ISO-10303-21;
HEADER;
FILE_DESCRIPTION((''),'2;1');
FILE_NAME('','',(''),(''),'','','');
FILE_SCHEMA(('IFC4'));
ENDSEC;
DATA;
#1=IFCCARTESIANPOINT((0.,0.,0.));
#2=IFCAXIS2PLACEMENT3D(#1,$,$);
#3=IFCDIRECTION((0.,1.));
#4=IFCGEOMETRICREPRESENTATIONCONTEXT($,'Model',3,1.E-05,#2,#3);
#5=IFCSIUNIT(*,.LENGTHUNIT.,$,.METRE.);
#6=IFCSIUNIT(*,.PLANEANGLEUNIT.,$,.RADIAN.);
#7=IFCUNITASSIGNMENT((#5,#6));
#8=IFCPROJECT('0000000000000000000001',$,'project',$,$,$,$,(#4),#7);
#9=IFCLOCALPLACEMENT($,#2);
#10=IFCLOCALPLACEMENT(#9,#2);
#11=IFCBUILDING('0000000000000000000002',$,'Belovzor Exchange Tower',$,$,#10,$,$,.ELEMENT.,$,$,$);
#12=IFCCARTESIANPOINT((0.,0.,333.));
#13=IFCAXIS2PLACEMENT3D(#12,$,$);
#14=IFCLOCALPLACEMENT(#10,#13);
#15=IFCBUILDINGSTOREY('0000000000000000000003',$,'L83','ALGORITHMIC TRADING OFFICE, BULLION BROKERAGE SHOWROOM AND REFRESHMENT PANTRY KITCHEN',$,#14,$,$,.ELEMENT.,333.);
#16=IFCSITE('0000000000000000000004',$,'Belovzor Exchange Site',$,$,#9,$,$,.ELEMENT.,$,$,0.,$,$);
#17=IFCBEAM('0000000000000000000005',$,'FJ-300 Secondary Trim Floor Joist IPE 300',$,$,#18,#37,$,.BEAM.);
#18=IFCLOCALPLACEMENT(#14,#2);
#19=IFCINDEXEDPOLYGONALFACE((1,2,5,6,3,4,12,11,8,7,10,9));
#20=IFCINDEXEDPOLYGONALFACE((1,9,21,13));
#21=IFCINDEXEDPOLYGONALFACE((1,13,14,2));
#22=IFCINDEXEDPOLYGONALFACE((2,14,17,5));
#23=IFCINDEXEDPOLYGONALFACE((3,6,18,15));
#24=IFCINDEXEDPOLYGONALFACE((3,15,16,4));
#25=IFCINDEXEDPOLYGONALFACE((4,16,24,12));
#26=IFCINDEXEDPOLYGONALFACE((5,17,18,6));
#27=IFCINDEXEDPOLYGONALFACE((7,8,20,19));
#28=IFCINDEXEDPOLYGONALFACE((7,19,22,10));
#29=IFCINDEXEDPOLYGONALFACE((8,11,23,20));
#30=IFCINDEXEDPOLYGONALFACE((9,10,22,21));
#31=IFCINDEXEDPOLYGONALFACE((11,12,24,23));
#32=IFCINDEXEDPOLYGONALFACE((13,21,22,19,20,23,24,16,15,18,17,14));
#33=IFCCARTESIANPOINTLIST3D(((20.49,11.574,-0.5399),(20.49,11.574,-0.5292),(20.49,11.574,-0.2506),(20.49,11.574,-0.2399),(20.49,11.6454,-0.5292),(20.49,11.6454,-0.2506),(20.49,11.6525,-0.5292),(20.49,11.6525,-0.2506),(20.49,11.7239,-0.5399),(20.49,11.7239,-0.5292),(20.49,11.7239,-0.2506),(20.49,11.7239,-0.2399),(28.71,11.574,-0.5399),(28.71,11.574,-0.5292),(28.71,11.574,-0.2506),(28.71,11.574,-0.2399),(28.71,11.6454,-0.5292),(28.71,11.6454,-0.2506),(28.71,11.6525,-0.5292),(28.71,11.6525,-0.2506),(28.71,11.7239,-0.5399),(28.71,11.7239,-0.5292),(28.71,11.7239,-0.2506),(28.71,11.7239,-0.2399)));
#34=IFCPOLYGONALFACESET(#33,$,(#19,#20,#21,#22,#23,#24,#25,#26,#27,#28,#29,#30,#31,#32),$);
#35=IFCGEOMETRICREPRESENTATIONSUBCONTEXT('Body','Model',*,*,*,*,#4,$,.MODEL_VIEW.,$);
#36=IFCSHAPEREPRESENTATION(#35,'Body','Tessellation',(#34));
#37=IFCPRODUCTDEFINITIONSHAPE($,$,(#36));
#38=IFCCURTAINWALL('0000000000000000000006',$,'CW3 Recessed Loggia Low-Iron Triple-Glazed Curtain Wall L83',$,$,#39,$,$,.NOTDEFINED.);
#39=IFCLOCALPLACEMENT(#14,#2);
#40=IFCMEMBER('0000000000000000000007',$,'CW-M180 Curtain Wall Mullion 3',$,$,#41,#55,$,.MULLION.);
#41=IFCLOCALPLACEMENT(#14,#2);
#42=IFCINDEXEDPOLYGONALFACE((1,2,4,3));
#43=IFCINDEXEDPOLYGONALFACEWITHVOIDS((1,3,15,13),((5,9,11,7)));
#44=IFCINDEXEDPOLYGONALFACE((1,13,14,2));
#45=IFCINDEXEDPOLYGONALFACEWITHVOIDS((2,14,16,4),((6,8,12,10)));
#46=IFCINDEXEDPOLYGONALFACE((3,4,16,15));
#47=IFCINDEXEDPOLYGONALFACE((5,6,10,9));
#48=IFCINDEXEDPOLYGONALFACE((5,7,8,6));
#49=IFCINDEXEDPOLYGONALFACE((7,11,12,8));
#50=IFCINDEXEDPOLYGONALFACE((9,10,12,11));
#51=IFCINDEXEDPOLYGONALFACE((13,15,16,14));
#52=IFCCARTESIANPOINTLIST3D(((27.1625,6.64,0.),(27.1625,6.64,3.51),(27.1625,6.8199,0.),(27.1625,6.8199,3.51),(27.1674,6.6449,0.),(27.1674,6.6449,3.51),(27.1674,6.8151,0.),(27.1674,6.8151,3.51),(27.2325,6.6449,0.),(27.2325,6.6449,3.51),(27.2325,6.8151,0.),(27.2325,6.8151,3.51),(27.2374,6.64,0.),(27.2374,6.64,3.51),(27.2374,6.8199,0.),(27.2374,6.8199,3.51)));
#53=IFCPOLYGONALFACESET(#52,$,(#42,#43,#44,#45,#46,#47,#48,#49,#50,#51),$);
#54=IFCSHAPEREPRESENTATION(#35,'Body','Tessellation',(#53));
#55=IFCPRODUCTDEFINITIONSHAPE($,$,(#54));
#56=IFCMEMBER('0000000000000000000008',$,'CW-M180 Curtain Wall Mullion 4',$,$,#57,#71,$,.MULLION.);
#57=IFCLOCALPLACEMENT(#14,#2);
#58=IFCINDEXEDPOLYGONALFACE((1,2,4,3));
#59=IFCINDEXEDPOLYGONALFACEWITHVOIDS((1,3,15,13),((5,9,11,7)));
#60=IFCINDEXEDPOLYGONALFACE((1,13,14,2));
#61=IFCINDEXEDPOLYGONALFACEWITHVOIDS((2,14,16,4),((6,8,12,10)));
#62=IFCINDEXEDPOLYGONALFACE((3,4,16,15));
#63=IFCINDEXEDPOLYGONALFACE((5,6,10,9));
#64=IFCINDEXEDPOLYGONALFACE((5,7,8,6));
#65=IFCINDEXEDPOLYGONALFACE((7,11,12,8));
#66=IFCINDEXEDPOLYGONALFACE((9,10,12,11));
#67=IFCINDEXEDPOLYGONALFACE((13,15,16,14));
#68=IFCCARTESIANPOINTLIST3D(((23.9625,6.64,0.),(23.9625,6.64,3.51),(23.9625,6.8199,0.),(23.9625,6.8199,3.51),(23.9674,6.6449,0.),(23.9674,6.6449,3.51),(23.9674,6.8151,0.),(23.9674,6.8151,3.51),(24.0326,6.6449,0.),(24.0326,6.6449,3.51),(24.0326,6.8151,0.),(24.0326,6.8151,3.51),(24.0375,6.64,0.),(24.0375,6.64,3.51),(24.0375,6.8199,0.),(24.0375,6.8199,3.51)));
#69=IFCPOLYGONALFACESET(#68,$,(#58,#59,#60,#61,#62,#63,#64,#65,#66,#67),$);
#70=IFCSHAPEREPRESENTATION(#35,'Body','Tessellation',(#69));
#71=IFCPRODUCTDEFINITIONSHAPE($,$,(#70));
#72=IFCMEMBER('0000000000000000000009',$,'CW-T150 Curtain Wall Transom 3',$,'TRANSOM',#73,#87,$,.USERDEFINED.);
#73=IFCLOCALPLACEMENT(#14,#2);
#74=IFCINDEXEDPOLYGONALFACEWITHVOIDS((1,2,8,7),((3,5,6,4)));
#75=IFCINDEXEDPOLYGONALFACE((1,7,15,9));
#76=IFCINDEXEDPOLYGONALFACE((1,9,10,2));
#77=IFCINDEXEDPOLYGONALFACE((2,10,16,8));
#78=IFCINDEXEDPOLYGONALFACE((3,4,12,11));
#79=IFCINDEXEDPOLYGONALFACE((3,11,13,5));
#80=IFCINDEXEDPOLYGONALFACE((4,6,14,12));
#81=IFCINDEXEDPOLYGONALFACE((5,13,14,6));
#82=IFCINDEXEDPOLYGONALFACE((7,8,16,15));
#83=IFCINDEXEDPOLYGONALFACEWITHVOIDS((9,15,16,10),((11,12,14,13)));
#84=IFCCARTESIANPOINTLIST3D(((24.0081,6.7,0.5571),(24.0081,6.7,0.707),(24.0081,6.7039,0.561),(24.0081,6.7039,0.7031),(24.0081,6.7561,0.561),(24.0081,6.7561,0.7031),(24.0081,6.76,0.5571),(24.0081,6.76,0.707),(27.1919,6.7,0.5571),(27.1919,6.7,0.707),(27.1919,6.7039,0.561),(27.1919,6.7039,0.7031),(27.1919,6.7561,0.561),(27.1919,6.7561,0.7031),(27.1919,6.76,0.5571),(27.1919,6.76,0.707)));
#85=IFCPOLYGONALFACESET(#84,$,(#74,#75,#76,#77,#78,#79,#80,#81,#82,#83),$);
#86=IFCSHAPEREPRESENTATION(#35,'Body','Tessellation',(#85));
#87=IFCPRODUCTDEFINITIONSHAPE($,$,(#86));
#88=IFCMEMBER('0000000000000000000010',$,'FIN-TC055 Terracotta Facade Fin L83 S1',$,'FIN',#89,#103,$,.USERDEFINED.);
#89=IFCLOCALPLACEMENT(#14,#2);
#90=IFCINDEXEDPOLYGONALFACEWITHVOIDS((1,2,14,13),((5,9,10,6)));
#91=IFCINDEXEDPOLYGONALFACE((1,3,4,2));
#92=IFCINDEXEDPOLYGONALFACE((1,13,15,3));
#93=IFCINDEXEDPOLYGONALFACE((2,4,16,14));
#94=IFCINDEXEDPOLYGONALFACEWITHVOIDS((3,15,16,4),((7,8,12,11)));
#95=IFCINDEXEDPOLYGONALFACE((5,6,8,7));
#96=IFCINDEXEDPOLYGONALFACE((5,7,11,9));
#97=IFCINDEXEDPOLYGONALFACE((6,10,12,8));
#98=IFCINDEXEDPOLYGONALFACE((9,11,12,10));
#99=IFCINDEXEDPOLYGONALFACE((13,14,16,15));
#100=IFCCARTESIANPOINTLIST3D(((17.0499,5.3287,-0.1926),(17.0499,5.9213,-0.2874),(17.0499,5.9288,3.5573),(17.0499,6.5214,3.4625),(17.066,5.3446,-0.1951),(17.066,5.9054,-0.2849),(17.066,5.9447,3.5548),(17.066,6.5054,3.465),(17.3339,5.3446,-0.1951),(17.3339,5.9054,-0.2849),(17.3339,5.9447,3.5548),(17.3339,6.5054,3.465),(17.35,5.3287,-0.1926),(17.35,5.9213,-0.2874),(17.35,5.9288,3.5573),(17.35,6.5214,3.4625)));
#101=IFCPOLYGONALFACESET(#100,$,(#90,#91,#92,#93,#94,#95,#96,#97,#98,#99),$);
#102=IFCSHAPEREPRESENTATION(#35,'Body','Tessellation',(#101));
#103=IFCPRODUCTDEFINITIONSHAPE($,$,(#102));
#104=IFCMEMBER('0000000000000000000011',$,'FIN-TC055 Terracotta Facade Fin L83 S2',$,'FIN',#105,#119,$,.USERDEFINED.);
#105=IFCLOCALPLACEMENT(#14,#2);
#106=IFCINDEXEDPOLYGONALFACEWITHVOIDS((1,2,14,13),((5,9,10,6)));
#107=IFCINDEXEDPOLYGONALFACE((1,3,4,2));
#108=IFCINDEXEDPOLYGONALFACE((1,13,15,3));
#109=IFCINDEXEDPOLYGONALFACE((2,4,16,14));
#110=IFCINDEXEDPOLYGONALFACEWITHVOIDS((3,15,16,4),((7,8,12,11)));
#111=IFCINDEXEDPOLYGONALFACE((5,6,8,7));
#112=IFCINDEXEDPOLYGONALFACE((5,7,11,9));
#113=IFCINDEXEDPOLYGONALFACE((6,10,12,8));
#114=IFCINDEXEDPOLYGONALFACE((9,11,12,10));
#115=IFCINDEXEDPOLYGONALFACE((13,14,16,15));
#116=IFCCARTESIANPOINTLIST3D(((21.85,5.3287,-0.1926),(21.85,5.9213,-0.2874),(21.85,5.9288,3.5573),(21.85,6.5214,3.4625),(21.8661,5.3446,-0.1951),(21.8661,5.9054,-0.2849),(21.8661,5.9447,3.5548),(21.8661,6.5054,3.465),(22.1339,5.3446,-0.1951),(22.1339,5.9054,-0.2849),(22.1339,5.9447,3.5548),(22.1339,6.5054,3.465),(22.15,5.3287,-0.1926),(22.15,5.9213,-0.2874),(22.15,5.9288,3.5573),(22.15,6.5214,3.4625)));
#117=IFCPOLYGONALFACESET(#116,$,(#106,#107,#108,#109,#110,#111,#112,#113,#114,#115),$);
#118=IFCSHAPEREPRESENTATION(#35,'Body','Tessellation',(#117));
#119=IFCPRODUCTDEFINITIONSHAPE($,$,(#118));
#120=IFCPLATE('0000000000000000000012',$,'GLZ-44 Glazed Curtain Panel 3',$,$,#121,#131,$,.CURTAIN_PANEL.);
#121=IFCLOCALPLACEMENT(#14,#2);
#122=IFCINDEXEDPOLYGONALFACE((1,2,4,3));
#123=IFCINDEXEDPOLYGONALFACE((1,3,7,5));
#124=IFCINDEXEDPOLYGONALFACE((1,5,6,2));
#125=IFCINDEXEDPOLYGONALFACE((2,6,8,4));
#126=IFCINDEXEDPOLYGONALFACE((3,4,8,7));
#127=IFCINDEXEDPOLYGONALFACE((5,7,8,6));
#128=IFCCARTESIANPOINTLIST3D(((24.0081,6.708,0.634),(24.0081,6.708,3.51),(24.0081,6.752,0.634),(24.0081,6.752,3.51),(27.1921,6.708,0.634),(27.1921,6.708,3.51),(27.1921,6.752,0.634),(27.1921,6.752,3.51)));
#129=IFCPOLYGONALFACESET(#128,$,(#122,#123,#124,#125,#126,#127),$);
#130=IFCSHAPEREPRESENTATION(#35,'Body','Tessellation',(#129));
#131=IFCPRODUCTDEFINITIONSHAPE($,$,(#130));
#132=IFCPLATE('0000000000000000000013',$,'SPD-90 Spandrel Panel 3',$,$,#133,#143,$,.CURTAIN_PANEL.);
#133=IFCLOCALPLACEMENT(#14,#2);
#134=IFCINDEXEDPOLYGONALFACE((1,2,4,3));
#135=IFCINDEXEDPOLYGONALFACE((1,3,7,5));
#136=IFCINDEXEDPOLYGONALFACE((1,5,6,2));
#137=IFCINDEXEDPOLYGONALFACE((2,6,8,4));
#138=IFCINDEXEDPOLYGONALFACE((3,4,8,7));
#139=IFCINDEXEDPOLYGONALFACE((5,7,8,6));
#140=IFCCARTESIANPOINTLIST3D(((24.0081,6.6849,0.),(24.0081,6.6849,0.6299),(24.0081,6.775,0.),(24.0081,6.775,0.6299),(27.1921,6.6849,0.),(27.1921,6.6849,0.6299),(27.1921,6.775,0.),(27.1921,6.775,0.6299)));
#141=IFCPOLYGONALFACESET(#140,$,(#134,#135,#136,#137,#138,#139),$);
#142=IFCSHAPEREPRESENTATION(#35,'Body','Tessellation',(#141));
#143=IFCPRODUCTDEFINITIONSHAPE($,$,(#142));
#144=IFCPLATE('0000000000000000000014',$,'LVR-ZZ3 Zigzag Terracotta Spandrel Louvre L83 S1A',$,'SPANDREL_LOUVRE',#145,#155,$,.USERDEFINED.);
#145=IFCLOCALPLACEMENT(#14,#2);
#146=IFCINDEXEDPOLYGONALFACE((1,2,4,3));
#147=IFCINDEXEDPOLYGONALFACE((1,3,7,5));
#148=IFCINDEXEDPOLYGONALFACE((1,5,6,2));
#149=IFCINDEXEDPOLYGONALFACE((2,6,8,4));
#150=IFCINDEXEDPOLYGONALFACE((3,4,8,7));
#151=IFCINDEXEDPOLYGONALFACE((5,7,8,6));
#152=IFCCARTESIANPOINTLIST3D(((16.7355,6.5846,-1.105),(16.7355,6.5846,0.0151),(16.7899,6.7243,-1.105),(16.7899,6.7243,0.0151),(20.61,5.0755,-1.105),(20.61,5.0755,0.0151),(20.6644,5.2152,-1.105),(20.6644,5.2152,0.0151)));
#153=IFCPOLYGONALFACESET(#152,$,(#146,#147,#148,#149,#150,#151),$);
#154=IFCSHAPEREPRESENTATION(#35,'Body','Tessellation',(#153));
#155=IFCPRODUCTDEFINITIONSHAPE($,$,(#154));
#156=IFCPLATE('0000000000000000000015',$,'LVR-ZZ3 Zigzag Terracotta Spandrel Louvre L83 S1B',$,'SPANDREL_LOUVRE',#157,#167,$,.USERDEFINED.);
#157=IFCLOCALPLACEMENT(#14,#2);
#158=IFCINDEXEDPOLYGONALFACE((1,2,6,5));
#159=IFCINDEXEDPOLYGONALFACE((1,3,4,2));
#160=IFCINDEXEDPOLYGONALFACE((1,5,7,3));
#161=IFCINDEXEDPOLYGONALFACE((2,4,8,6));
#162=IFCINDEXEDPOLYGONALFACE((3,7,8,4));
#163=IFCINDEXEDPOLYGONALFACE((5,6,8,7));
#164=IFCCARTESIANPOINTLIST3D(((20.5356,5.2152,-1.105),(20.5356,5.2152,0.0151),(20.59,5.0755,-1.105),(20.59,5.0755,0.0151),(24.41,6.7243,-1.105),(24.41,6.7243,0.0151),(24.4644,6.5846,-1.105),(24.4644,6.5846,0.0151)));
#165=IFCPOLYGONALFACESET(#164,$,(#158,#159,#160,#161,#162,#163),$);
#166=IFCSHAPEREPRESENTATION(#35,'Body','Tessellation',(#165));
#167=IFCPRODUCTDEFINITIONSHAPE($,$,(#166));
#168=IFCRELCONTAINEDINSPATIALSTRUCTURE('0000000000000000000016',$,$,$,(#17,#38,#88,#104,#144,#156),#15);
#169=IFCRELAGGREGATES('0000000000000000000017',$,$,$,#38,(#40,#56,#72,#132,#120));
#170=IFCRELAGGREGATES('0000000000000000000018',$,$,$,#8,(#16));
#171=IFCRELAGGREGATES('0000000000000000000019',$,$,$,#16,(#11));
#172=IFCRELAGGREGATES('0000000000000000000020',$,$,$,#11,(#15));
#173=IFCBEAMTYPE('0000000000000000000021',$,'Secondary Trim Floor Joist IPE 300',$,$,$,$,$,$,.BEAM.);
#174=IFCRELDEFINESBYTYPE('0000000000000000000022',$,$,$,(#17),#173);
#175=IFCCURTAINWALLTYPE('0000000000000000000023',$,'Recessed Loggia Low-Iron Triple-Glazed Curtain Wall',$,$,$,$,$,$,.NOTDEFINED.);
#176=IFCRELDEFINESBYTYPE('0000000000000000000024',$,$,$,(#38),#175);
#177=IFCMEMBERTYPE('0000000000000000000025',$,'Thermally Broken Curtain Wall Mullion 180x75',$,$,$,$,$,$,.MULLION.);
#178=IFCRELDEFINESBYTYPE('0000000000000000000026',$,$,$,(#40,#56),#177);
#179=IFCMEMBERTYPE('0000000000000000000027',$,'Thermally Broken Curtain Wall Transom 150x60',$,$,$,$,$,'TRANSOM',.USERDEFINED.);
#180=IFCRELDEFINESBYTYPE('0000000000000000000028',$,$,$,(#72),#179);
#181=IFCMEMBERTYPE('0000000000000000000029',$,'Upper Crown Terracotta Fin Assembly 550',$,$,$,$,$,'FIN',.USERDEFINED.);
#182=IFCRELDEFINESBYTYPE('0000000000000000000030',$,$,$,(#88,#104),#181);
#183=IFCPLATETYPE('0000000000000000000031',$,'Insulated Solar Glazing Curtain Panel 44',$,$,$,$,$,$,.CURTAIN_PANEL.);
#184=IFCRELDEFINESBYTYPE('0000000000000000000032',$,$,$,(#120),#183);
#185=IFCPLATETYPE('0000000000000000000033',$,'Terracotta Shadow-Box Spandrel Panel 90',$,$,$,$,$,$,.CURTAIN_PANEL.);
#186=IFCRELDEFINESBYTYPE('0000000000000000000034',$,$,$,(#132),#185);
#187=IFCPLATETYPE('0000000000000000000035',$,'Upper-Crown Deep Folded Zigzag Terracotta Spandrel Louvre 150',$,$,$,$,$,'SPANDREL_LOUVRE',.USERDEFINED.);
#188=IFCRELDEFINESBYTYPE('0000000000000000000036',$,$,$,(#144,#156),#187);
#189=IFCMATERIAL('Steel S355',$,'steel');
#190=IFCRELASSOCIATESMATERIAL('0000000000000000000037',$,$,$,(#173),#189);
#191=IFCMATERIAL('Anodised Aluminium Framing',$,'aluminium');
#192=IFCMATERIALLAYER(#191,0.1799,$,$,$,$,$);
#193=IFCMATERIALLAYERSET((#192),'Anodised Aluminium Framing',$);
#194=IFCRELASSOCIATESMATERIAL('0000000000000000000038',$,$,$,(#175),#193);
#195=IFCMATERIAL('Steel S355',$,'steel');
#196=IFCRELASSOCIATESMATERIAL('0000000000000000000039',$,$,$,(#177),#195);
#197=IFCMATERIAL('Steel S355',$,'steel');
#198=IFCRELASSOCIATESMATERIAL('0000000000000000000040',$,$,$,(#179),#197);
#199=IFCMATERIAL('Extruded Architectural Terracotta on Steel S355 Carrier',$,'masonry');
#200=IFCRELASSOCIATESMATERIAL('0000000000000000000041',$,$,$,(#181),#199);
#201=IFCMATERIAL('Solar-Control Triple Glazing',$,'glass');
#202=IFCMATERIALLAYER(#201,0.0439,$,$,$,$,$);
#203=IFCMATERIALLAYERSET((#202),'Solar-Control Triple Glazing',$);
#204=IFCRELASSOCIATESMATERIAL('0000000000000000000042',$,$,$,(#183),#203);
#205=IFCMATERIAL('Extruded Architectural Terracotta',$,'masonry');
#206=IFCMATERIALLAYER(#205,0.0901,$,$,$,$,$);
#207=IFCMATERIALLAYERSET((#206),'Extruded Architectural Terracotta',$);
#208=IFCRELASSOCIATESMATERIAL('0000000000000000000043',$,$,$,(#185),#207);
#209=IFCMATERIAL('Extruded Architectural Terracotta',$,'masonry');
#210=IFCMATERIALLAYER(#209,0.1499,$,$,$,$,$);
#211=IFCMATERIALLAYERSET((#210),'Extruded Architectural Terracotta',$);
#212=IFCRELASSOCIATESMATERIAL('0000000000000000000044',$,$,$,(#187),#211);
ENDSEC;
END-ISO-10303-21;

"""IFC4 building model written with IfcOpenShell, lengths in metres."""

from ifc_helpers import new_model, si_unit, direction, frame, origin, origin_2d, place, context, subcontext, project, spatial, rectangle, hollow_rectangle, i_section, extrude, material, layer, layer_set, material_profile, profile_set, type_object, element, aggregate, save


model = new_model("IFC4")

# Units and contexts
model_context = context("Model", 3, precision=1e-05, world=origin(), true_north=direction((0.0, 1.0)))
body_context = subcontext(model_context, "Body", "Model", "MODEL_VIEW")
ifc_project = project(units=[si_unit("LENGTHUNIT", "METRE"), si_unit("PLANEANGLEUNIT", "RADIAN")], contexts=[model_context])

# Site, building, storey
site_placement = place(None, origin())
site = spatial("IfcSite", under=ifc_project, at=site_placement, Name="Belovzor Exchange Site", CompositionType="ELEMENT", RefElevation=0.0)
building_placement = place(site_placement, origin())
building = spatial("IfcBuilding", under=site, at=building_placement, Name="Belovzor Exchange Tower", CompositionType="ELEMENT")
storey_placement = place(building_placement, frame((0.0, 0.0, 333.0)))
storey = spatial("IfcBuildingStorey", under=building, at=storey_placement, Name="L83", Description="ALGORITHMIC TRADING OFFICE, BULLION BROKERAGE SHOWROOM AND REFRESHMENT PANTRY KITCHEN", CompositionType="ELEMENT", Elevation=333.0)

# Beam
ifc_material_1 = material(Name="Steel S355", Category="steel")
ifc_material_profile_1 = material_profile(ifc_material_1, i_section(OverallWidth=0.1499, OverallDepth=0.3, WebThickness=0.0071, FlangeThickness=0.0107, at=origin_2d()))
ifc_profile_set_1 = profile_set([ifc_material_profile_1], Name="Steel S355")
beam_type = type_object("IfcBeamType", Name="Secondary Trim Floor Joist IPE 300", PredefinedType="BEAM", material=ifc_profile_set_1)
beam_placement = place(storey_placement, frame((20.49, 11.6489, -0.3899), z_axis=(1.0, 0.0, 0.0), x_axis=(0.0, 1.0, 0.0)))
element("IfcBeam", 1, at=beam_placement, inside=storey, type_object=beam_type, Name="FJ-300 Secondary Trim Floor Joist IPE 300", PredefinedType="BEAM", context=body_context, shape_type="SweptSolid", body=[
    extrude(i_section(OverallWidth=0.1499, OverallDepth=0.3, WebThickness=0.0071, FlangeThickness=0.0107, at=origin_2d()), origin(), (0.0, 0.0, 1.0), 8.22),
])

# Curtain wall, members
ifc_material_2 = material(Name="Anodised Aluminium Framing", Category="aluminium")
ifc_layer_1 = layer(ifc_material_2, 0.1799)
ifc_layer_set_1 = layer_set([ifc_layer_1], Name="Anodised Aluminium Framing")
curtain_wall_type = type_object("IfcCurtainWallType", Name="Recessed Loggia Low-Iron Triple-Glazed Curtain Wall", PredefinedType="NOTDEFINED", material=ifc_layer_set_1)
curtain_wall_placement = place(storey_placement, origin())
curtain_wall = element("IfcCurtainWall", 2, at=curtain_wall_placement, inside=storey, type_object=curtain_wall_type, Name="CW3 Recessed Loggia Low-Iron Triple-Glazed Curtain Wall L83", PredefinedType="NOTDEFINED")
ifc_material_3 = material(Name="Steel S355", Category="steel")
ifc_material_profile_2 = material_profile(ifc_material_3, hollow_rectangle(XDim=0.075, YDim=0.1799, WallThickness=0.0049, at=origin_2d()))
ifc_profile_set_2 = profile_set([ifc_material_profile_2], Name="Steel S355")
member_type_1 = type_object("IfcMemberType", Name="Thermally Broken Curtain Wall Mullion 180x75", PredefinedType="MULLION", material=ifc_profile_set_2)
member_1_placement = place(storey_placement, frame((27.2, 6.73, 0.0), z_axis=(0.0, 0.0, 1.0), x_axis=(-1.0, 0.0, 0.0)))
member_1 = element("IfcMember", 3, at=member_1_placement, type_object=member_type_1, Name="CW-M180 Curtain Wall Mullion 3", PredefinedType="MULLION", context=body_context, shape_type="SweptSolid", body=[
    extrude(hollow_rectangle(XDim=0.075, YDim=0.1799, WallThickness=0.0049, at=origin_2d()), origin(), (0.0, 0.0, 1.0), 3.51),
])
member_2_placement = place(storey_placement, frame((24.0, 6.73, 0.0), z_axis=(0.0, 0.0, 1.0), x_axis=(-1.0, 0.0, 0.0)))
member_2 = element("IfcMember", 4, at=member_2_placement, type_object=member_type_1, Name="CW-M180 Curtain Wall Mullion 4", PredefinedType="MULLION", context=body_context, shape_type="SweptSolid", body=[
    extrude(hollow_rectangle(XDim=0.075, YDim=0.1799, WallThickness=0.0049, at=origin_2d()), origin(), (0.0, 0.0, 1.0), 3.51),
])
ifc_material_4 = material(Name="Steel S355", Category="steel")
ifc_material_profile_3 = material_profile(ifc_material_4, hollow_rectangle(XDim=0.0601, YDim=0.1499, WallThickness=0.0039, at=origin_2d()))
ifc_profile_set_3 = profile_set([ifc_material_profile_3], Name="Steel S355")
member_type_2 = type_object("IfcMemberType", Name="Thermally Broken Curtain Wall Transom 150x60", ElementType="TRANSOM", PredefinedType="USERDEFINED", material=ifc_profile_set_3)
member_3_placement = place(storey_placement, frame((27.1919, 6.73, 0.6321), z_axis=(-1.0, 0.0, 0.0), x_axis=(0.0, -1.0, 0.0)))
member_3 = element("IfcMember", 5, at=member_3_placement, type_object=member_type_2, Name="CW-T150 Curtain Wall Transom 3", ObjectType="TRANSOM", PredefinedType="USERDEFINED", context=body_context, shape_type="SweptSolid", body=[
    extrude(hollow_rectangle(XDim=0.0601, YDim=0.1499, WallThickness=0.0039, at=origin_2d()), origin(), (0.0, 0.0, 1.0), 3.1838),
])

# Members
ifc_material_5 = material(Name="Extruded Architectural Terracotta on Steel S355 Carrier", Category="masonry")
ifc_material_profile_4 = material_profile(ifc_material_5, hollow_rectangle(XDim=0.3, YDim=0.6001, WallThickness=0.0161, at=origin_2d()))
ifc_profile_set_4 = profile_set([ifc_material_profile_4], Name="Extruded Architectural Terracotta on Steel S355 Carrier")
member_type_3 = type_object("IfcMemberType", Name="Upper Crown Terracotta Fin Assembly 550", ElementType="FIN", PredefinedType="USERDEFINED", material=ifc_profile_set_4)
for number, where, z_axis, x_axis, name in (
    (6, (17.2, 5.625, -0.24), (0.0, 0.158016, 0.987437), (-1.0, 0.0, 0.0), "FIN-TC055 Terracotta Facade Fin L83 S1"),
    (7, (22.0, 5.625, -0.24), (0.0, 0.158016, 0.987437), (-1.0, 0.0, 0.0), "FIN-TC055 Terracotta Facade Fin L83 S2"),
):
    element("IfcMember", number, at=place(storey_placement, frame(where, z_axis=z_axis, x_axis=x_axis)), inside=storey, type_object=member_type_3, Name=name, ObjectType="FIN", PredefinedType="USERDEFINED", context=body_context, shape_type="SweptSolid", body=[
        extrude(hollow_rectangle(XDim=0.3, YDim=0.6001, WallThickness=0.0161, at=origin_2d()), origin(), (0.0, 0.0, 1.0), 3.7976),
    ])

# Plates
ifc_material_6 = material(Name="Solar-Control Triple Glazing", Category="glass")
ifc_layer_2 = layer(ifc_material_6, 0.0439)
ifc_layer_set_2 = layer_set([ifc_layer_2], Name="Solar-Control Triple Glazing")
plate_type_1 = type_object("IfcPlateType", Name="Insulated Solar Glazing Curtain Panel 44", PredefinedType="CURTAIN_PANEL", material=ifc_layer_set_2)
plate_1_placement = place(storey_placement, frame((25.6001, 6.73, 0.634), z_axis=(0.0, 0.0, 1.0), x_axis=(-1.0, 0.0, 0.0)))
plate_1 = element("IfcPlate", 8, at=plate_1_placement, type_object=plate_type_1, Name="GLZ-44 Glazed Curtain Panel 3", PredefinedType="CURTAIN_PANEL", context=body_context, shape_type="SweptSolid", body=[
    extrude(rectangle(XDim=3.1841, YDim=0.0439, at=origin_2d()), origin(), (0.0, 0.0, 1.0), 2.876),
])
ifc_material_7 = material(Name="Extruded Architectural Terracotta", Category="masonry")
ifc_layer_3 = layer(ifc_material_7, 0.0901)
ifc_layer_set_3 = layer_set([ifc_layer_3], Name="Extruded Architectural Terracotta")
plate_type_2 = type_object("IfcPlateType", Name="Terracotta Shadow-Box Spandrel Panel 90", PredefinedType="CURTAIN_PANEL", material=ifc_layer_set_3)
plate_2_placement = place(storey_placement, frame((25.6001, 6.73, 0.0), z_axis=(0.0, 0.0, 1.0), x_axis=(-1.0, 0.0, 0.0)))
plate_2 = element("IfcPlate", 9, at=plate_2_placement, type_object=plate_type_2, Name="SPD-90 Spandrel Panel 3", PredefinedType="CURTAIN_PANEL", context=body_context, shape_type="SweptSolid", body=[
    extrude(rectangle(XDim=3.1841, YDim=0.0901, at=origin_2d()), origin(), (0.0, 0.0, 1.0), 0.6299),
])
aggregate(curtain_wall, [member_1, member_2, member_3, plate_2, plate_1])

# Plates
ifc_material_8 = material(Name="Extruded Architectural Terracotta", Category="masonry")
ifc_layer_4 = layer(ifc_material_8, 0.1499)
ifc_layer_set_4 = layer_set([ifc_layer_4], Name="Extruded Architectural Terracotta")
plate_type_3 = type_object("IfcPlateType", Name="Upper-Crown Deep Folded Zigzag Terracotta Spandrel Louvre 150", ElementType="SPANDREL_LOUVRE", PredefinedType="USERDEFINED", material=ifc_layer_set_4)
for number, where, z_axis, x_axis, name in (
    (10, (18.7, 5.8999, -1.105), (0.0, 0.0, 1.0), (0.931818, -0.362926, 0.0), "LVR-ZZ3 Zigzag Terracotta Spandrel Louvre L83 S1A"),
    (11, (22.5, 5.8999, -1.105), (0.0, 0.0, 1.0), (0.931818, 0.362926, 0.0), "LVR-ZZ3 Zigzag Terracotta Spandrel Louvre L83 S1B"),
):
    element("IfcPlate", number, at=place(storey_placement, frame(where, z_axis=z_axis, x_axis=x_axis)), inside=storey, type_object=plate_type_3, Name=name, ObjectType="SPANDREL_LOUVRE", PredefinedType="USERDEFINED", context=body_context, shape_type="SweptSolid", body=[
        extrude(rectangle(XDim=4.158, YDim=0.1499, at=origin_2d()), origin(), (0.0, 0.0, 1.0), 1.1201),
    ])

save(model, "model.ifc")
